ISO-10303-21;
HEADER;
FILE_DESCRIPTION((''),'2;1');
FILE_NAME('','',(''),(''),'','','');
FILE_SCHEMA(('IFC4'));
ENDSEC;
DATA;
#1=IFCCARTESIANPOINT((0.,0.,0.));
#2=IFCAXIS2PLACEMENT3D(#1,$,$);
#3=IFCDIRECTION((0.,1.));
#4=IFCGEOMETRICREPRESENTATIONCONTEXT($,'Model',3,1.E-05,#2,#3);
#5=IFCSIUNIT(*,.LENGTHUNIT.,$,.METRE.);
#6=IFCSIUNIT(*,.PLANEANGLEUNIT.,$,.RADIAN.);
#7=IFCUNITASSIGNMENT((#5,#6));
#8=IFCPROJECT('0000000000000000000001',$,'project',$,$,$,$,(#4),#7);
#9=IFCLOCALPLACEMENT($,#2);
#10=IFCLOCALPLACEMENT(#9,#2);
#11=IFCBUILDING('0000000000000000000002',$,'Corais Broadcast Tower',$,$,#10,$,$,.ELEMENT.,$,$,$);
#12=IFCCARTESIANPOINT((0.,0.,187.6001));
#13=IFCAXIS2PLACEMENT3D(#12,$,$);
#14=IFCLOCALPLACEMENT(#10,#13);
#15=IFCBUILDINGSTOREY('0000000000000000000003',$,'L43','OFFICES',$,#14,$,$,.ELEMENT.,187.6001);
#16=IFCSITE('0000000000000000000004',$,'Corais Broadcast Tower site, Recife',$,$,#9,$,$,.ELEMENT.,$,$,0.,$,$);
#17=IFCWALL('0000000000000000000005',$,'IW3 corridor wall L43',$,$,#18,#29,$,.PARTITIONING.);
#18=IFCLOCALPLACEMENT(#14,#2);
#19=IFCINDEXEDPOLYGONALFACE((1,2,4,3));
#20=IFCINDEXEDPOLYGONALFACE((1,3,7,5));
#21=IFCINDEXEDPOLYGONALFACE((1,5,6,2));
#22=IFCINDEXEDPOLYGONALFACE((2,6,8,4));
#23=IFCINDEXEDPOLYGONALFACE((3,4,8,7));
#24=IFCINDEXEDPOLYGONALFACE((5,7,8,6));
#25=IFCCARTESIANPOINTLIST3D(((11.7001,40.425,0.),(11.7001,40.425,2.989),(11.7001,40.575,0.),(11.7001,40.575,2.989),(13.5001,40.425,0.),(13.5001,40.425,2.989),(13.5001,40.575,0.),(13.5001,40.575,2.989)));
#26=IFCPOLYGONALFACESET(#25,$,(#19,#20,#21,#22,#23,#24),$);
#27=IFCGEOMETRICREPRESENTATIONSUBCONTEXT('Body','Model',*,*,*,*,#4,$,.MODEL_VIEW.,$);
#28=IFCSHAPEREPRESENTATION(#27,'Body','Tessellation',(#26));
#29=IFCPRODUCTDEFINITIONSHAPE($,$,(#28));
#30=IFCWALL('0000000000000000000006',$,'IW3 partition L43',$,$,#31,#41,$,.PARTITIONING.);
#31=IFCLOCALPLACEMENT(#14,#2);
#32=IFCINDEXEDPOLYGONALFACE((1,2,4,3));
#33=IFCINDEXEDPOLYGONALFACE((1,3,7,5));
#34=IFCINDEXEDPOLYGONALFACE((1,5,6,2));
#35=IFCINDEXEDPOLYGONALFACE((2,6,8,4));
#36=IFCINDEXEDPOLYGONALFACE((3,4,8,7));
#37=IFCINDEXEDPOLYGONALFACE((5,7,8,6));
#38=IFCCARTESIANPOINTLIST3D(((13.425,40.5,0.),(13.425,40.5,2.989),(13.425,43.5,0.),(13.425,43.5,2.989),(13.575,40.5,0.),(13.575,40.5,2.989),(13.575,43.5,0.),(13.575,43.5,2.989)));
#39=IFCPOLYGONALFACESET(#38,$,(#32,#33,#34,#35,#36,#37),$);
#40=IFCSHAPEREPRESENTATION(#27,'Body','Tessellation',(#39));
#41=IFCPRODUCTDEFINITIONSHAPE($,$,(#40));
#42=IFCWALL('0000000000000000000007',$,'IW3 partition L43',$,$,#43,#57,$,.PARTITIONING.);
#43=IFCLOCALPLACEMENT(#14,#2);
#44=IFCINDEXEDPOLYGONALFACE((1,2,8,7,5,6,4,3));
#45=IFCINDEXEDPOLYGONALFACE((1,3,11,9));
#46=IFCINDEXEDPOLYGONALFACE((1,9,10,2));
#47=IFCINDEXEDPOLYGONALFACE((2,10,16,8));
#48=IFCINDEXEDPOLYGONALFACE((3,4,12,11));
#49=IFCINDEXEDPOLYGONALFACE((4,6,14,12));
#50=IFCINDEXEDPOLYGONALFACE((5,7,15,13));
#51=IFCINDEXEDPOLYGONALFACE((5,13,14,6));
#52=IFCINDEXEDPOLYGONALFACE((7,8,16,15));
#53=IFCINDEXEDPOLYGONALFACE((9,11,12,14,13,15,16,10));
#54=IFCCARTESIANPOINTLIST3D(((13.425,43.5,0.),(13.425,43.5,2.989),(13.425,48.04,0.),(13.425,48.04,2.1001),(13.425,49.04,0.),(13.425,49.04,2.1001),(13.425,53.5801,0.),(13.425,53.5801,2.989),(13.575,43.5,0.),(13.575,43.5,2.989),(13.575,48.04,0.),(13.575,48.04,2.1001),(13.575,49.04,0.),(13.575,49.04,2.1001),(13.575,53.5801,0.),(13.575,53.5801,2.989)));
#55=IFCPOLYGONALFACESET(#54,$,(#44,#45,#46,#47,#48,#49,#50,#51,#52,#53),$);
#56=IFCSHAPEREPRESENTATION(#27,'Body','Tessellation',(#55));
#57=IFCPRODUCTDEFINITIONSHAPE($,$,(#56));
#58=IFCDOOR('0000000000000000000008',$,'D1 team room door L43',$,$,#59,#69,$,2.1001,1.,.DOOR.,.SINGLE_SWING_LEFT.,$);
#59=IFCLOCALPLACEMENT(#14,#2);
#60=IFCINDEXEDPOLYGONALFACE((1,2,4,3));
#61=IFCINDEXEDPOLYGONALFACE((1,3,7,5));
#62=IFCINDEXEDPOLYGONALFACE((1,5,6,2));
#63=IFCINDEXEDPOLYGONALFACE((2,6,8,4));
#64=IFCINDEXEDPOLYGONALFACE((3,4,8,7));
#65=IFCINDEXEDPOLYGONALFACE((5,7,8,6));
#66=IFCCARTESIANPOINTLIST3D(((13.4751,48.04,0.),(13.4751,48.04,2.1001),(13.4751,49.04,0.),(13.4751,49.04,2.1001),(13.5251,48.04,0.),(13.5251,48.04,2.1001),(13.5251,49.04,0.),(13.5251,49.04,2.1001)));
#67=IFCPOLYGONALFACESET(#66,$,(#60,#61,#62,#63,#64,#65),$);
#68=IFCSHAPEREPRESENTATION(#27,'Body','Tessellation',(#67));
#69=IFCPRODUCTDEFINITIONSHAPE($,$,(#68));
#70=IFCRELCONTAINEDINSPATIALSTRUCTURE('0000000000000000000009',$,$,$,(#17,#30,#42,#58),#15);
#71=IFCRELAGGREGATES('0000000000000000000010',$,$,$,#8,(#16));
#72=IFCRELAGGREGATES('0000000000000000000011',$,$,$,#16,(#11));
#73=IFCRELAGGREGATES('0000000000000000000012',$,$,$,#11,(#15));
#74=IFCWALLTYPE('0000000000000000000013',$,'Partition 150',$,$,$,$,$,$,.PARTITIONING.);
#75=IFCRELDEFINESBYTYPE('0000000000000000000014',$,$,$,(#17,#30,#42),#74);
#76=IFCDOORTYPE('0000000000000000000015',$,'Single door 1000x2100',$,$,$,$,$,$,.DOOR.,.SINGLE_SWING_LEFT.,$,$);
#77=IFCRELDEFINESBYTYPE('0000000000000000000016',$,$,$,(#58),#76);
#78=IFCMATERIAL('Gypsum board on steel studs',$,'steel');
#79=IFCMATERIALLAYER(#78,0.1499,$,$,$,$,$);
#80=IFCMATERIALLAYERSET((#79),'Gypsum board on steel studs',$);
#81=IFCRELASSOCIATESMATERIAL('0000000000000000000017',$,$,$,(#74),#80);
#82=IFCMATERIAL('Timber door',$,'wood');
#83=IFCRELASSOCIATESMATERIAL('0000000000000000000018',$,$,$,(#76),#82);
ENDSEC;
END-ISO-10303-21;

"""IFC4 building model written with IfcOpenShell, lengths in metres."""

from ifc_helpers import new_model, si_unit, direction, frame, frame_2d, origin, place, context, subcontext, project, spatial, rectangle, extrude, material, layer, layer_set, type_object, element, fill, save


model = new_model("IFC4")

# Units and contexts
model_context = context("Model", 3, precision=1e-05, world=origin(), true_north=direction((0.0, 1.0)))
body_context = subcontext(model_context, "Body", "Model", "MODEL_VIEW")
ifc_project = project(units=[si_unit("LENGTHUNIT", "METRE"), si_unit("PLANEANGLEUNIT", "RADIAN")], contexts=[model_context])

# Site, building, storey
site_placement = place(None, origin())
site = spatial("IfcSite", under=ifc_project, at=site_placement, Name="Corais Broadcast Tower site, Recife", CompositionType="ELEMENT", RefElevation=0.0)
building_placement = place(site_placement, origin())
building = spatial("IfcBuilding", under=site, at=building_placement, Name="Corais Broadcast Tower", CompositionType="ELEMENT")
storey_placement = place(building_placement, frame((0.0, 0.0, 187.6001)))
storey = spatial("IfcBuildingStorey", under=building, at=storey_placement, Name="L43", Description="OFFICES", CompositionType="ELEMENT", Elevation=187.6001)

# Shared definitions
ifc_material_1 = material(Name="Gypsum board on steel studs", Category="steel")
ifc_layer_1 = layer(ifc_material_1, 0.1499)
ifc_layer_set_1 = layer_set([ifc_layer_1], Name="Gypsum board on steel studs")
wall_type_1 = type_object("IfcWallType", Name="Partition 150", PredefinedType="PARTITIONING", material=ifc_layer_set_1)
ifc_material_2 = material(Name="Timber door", Category="wood")
door_type_1 = type_object("IfcDoorType", Name="Single door 1000x2100", OperationType="SINGLE_SWING_LEFT", PredefinedType="DOOR", material=ifc_material_2)

# Walls
wall_1_placement = place(storey_placement, frame((13.5, 40.5, 0.0), z_axis=(0.0, 0.0, 1.0), x_axis=(-1.0, 0.0, 0.0)))
element("IfcWall", 1, at=wall_1_placement, inside=storey, type_object=wall_type_1, Name="IW3 corridor wall L43", PredefinedType="PARTITIONING", context=body_context, shape_type="SweptSolid", body=[
    extrude(rectangle(XDim=1.8, YDim=0.1499, at=frame_2d((0.8999, 0.0))), origin(), (0.0, 0.0, 1.0), 2.989),
])
wall_2_placement = place(storey_placement, frame((13.5, 43.5, 0.0), z_axis=(0.0, 0.0, 1.0), x_axis=(0.0, -1.0, 0.0)))
element("IfcWall", 2, at=wall_2_placement, inside=storey, type_object=wall_type_1, Name="IW3 partition L43", PredefinedType="PARTITIONING", context=body_context, shape_type="SweptSolid", body=[
    extrude(rectangle(XDim=3.0, YDim=0.1499, at=frame_2d((1.5, 0.0))), origin(), (0.0, 0.0, 1.0), 2.989),
])

# Wall, opening, door
wall_3_placement = place(storey_placement, frame((13.5, 43.5, 0.0), z_axis=(0.0, 0.0, 1.0), x_axis=(0.0, 1.0, 0.0)))
wall_3 = element("IfcWall", 3, at=wall_3_placement, inside=storey, type_object=wall_type_1, Name="IW3 partition L43", PredefinedType="PARTITIONING", context=body_context, shape_type="SweptSolid", body=[
    extrude(rectangle(XDim=10.0801, YDim=0.1499, at=frame_2d((5.04, 0.0))), origin(), (0.0, 0.0, 1.0), 2.989),
])
opening_1_placement = place(wall_3_placement, frame((4.54, 0.0, 0.0)))
opening_1 = element("IfcOpeningElement", 4, at=opening_1_placement, cuts=wall_3, PredefinedType="OPENING", context=body_context, shape_type="SweptSolid", body=[
    extrude(rectangle(XDim=1.0, YDim=2.1001, at=frame_2d((0.5, 1.05))), frame((0.0, 0.085, 0.0), z_axis=(0.0, -1.0, 0.0), x_axis=(1.0, 0.0, 0.0)), (0.0, 0.0, 1.0), 0.1699),
])
door_1_placement = place(opening_1_placement, origin())
door_1 = element("IfcDoor", 5, at=door_1_placement, inside=storey, type_object=door_type_1, Name="D1 team room door L43", OperationType="SINGLE_SWING_LEFT", OverallHeight=2.1001, OverallWidth=1.0, PredefinedType="DOOR", context=body_context, shape_type="SweptSolid", body=[
    extrude(rectangle(XDim=1.0, YDim=2.1001, at=frame_2d((0.5, 1.05))), frame((0.0, 0.0249, 0.0), z_axis=(0.0, -1.0, 0.0), x_axis=(1.0, 0.0, 0.0)), (0.0, 0.0, 1.0), 0.05),
])
fill(opening_1, door_1)

save(model, "model.ifc")
